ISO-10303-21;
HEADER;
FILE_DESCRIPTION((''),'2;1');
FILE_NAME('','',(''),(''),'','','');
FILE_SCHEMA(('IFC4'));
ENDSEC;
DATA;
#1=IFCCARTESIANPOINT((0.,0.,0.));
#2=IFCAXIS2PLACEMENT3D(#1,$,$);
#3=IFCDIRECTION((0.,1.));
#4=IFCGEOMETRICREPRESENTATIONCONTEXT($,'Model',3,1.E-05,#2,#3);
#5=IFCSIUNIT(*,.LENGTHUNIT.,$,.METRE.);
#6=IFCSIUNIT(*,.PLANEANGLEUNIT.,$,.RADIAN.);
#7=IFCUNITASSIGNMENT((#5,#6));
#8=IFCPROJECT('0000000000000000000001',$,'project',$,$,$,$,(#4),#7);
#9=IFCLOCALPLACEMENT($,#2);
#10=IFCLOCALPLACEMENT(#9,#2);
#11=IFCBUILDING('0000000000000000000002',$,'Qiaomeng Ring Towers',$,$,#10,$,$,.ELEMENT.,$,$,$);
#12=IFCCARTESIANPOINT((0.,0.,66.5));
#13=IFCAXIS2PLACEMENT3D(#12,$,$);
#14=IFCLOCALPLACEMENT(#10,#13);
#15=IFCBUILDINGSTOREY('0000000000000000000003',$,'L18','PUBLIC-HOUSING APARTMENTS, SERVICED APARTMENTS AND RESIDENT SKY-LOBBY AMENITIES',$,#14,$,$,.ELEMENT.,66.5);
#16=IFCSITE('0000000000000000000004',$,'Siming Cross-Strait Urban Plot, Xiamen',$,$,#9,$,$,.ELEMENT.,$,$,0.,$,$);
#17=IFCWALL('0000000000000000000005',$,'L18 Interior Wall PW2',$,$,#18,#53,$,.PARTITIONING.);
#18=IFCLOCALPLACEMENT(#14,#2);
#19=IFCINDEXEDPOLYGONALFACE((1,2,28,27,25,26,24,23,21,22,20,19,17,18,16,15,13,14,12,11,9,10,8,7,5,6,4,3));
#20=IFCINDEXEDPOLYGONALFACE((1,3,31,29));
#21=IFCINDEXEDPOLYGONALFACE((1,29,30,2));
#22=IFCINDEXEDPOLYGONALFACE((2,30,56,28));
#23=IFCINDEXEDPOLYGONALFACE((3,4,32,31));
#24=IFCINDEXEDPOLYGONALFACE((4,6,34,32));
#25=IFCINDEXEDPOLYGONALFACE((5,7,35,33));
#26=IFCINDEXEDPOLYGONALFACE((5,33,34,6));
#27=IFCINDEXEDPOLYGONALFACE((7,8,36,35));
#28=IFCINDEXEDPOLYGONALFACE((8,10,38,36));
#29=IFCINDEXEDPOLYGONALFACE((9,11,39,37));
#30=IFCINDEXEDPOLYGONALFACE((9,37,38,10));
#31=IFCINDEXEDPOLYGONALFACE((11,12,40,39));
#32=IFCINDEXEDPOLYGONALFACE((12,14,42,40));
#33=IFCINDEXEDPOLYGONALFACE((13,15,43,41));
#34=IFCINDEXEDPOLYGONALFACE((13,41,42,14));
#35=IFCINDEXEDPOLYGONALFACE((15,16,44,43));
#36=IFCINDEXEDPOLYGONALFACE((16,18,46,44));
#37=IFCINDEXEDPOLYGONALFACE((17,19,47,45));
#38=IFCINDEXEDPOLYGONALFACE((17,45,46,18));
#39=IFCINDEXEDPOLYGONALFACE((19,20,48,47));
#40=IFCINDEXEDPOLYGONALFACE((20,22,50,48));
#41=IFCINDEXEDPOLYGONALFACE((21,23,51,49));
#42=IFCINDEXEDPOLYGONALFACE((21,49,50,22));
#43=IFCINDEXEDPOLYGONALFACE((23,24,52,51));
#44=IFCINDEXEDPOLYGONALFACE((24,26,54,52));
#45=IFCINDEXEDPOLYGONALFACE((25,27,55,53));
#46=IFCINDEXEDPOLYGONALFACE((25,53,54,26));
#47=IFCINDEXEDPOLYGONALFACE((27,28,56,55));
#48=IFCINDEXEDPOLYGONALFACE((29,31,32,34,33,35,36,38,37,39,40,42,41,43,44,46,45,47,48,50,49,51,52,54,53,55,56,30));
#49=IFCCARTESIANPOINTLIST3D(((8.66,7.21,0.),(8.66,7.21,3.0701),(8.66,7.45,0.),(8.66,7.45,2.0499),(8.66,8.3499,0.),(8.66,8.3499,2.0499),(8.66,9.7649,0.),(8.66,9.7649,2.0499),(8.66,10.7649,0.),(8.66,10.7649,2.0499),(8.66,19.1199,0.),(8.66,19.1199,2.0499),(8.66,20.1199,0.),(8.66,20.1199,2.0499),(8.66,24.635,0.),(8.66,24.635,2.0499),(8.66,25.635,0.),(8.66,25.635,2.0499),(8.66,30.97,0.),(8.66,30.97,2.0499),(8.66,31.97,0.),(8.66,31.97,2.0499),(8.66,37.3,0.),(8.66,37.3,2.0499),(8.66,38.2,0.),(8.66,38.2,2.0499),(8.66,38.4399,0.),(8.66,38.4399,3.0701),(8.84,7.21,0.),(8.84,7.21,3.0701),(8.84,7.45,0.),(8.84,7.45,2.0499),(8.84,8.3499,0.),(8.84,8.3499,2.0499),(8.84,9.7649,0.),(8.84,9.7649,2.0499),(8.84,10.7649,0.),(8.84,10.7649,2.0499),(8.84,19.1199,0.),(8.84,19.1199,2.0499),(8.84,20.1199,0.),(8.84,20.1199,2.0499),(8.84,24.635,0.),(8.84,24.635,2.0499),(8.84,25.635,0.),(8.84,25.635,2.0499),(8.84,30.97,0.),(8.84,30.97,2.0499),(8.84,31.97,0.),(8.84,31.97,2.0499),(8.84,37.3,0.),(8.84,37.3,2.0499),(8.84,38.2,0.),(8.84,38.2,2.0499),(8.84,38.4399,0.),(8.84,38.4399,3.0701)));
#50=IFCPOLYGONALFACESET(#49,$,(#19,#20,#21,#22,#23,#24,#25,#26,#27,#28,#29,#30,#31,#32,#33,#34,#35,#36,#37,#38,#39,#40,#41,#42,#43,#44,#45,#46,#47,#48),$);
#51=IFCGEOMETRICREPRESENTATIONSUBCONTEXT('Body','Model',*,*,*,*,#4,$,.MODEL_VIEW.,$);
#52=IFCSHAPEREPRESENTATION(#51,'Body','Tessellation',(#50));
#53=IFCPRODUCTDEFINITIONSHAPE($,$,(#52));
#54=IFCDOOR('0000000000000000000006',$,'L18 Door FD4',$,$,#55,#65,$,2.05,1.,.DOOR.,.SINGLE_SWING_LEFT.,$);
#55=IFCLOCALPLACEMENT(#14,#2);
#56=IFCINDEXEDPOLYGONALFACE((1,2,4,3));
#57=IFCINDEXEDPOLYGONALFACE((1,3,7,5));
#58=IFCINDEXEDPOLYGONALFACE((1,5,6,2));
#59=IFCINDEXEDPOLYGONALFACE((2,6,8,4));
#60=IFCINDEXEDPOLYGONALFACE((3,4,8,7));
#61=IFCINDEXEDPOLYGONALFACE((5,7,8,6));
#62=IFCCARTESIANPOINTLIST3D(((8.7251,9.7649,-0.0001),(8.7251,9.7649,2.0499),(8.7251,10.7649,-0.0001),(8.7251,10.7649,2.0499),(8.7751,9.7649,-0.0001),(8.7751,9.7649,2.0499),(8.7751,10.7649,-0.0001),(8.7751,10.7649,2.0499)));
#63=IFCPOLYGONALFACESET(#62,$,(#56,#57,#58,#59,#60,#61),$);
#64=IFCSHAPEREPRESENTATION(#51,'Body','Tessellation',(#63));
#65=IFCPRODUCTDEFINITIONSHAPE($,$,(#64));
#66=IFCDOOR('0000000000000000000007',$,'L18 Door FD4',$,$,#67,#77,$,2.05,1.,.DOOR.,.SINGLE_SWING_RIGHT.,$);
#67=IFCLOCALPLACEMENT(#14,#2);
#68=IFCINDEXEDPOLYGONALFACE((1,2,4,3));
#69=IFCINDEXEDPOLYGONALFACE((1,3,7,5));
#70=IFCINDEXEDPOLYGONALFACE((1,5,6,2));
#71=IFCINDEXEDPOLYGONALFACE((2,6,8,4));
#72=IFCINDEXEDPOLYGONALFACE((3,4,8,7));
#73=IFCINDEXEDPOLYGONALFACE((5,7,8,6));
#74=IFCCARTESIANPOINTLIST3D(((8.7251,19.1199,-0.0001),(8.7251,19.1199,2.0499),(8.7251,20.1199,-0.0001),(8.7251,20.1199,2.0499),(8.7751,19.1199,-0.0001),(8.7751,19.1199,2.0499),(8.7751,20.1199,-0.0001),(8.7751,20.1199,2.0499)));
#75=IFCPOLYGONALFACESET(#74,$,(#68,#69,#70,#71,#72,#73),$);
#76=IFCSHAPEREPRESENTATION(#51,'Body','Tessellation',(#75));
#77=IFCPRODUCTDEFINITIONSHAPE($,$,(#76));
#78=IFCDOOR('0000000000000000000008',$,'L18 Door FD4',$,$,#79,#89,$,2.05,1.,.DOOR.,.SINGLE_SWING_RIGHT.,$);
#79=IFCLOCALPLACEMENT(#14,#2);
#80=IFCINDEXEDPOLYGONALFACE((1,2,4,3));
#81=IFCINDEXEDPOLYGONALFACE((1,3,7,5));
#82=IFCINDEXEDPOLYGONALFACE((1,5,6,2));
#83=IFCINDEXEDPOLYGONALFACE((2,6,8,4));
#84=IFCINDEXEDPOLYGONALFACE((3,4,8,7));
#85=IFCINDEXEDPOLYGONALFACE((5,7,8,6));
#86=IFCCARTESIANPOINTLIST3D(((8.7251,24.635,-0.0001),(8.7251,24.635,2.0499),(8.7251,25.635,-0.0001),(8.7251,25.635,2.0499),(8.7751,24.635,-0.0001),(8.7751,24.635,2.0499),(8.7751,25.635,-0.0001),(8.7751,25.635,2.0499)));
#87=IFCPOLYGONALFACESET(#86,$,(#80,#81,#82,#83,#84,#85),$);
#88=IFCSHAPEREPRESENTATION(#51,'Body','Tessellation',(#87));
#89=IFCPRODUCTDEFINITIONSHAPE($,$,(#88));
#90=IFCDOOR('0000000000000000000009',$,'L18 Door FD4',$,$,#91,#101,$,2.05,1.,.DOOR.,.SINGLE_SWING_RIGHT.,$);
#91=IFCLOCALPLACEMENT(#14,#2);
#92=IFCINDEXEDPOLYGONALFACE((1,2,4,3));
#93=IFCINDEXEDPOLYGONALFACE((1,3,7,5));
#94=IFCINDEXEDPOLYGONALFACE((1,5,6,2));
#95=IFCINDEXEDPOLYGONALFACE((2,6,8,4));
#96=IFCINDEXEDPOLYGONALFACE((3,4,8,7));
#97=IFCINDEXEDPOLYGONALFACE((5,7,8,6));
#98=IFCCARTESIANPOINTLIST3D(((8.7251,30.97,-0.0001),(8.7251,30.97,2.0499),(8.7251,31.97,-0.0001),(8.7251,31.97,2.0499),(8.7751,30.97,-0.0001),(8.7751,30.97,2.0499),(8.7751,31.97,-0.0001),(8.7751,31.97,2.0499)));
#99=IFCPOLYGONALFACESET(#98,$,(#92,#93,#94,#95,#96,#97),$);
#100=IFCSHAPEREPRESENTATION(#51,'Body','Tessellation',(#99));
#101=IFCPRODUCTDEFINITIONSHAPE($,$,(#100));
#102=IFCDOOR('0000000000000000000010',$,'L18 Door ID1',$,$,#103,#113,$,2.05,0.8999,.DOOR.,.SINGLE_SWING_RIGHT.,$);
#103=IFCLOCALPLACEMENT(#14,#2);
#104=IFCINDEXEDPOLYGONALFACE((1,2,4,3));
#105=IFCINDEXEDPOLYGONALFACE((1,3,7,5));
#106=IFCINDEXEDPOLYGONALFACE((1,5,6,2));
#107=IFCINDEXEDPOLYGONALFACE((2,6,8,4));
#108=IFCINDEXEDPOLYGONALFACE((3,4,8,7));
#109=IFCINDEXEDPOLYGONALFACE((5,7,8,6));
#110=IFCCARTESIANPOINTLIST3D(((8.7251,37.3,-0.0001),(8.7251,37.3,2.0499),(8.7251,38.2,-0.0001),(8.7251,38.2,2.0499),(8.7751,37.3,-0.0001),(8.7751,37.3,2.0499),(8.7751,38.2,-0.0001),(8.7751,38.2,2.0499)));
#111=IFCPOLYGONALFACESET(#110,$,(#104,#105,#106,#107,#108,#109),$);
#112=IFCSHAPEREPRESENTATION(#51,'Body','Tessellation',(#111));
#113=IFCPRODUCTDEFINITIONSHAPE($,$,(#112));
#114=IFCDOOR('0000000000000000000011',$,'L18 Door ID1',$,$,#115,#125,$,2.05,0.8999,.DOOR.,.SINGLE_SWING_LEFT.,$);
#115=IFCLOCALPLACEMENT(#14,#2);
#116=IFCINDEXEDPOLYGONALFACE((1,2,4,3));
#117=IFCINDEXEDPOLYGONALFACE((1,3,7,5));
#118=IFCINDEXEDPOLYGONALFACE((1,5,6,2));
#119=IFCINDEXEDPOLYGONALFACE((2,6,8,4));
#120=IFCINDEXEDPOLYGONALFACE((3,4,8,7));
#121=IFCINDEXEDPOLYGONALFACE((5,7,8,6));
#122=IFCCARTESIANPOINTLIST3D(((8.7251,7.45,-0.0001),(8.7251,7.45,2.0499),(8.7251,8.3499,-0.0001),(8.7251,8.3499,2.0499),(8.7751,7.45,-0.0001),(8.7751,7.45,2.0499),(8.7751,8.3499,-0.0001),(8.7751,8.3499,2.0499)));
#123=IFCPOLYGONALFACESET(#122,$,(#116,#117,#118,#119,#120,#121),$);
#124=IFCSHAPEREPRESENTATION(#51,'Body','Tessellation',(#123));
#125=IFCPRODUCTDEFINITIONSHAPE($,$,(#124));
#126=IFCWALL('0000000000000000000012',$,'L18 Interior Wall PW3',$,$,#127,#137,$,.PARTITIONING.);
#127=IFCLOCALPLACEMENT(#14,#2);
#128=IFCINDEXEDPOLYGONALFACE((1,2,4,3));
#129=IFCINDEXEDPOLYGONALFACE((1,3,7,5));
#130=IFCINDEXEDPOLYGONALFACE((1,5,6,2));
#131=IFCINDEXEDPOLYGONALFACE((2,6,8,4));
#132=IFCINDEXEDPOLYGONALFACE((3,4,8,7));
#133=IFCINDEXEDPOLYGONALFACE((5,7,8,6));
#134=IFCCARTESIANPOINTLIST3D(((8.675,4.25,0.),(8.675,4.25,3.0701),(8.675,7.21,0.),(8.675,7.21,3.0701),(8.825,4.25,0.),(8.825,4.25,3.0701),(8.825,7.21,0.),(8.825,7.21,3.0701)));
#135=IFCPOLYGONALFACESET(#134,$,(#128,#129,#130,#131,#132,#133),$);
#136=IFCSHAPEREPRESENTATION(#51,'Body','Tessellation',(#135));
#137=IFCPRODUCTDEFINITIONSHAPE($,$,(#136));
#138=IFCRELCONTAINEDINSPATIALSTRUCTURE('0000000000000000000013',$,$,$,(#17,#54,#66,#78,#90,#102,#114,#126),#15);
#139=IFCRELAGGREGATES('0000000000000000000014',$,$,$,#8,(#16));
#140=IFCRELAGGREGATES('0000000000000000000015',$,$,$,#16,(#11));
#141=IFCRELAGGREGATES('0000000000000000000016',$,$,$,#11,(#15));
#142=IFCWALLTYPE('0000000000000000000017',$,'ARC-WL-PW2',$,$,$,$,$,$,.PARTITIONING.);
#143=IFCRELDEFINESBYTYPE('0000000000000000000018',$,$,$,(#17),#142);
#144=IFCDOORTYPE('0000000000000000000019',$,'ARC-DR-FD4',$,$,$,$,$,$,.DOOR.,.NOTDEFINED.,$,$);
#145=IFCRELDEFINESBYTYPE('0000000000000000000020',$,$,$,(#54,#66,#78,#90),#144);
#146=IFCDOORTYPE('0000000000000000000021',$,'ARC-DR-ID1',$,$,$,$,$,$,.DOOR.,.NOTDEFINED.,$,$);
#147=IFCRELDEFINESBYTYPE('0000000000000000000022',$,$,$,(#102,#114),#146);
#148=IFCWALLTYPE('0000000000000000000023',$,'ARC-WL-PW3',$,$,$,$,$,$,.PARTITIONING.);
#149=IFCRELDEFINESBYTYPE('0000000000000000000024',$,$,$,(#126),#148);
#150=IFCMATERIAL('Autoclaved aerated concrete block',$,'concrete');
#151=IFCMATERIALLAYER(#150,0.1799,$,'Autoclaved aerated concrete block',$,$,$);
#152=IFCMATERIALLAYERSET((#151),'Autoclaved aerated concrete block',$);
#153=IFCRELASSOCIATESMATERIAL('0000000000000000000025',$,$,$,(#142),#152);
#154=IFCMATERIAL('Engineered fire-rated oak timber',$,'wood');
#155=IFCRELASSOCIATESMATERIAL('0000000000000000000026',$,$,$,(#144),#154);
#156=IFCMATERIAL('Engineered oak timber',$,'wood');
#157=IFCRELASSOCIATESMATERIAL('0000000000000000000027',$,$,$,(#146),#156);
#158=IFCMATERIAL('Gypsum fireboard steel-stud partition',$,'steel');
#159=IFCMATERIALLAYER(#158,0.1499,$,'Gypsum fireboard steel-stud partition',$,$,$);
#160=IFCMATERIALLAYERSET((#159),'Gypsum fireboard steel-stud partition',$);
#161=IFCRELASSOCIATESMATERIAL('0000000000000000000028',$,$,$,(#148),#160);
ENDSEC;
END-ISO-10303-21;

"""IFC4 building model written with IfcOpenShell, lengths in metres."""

from ifc_helpers import new_model, si_unit, direction, frame, frame_2d, origin, place, context, subcontext, project, spatial, rectangle, extrude, source, transform, mapped, material, layer, layer_set, type_object, element, fill, save


model = new_model("IFC4")

# Units and contexts
model_context = context("Model", 3, precision=1e-05, world=origin(), true_north=direction((0.0, 1.0)))
body_context = subcontext(model_context, "Body", "Model", "MODEL_VIEW")
ifc_project = project(units=[si_unit("LENGTHUNIT", "METRE"), si_unit("PLANEANGLEUNIT", "RADIAN")], contexts=[model_context])

# Site, building, storey
site_placement = place(None, origin())
site = spatial("IfcSite", under=ifc_project, at=site_placement, Name="Siming Cross-Strait Urban Plot, Xiamen", CompositionType="ELEMENT", RefElevation=0.0)
building_placement = place(site_placement, origin())
building = spatial("IfcBuilding", under=site, at=building_placement, Name="Qiaomeng Ring Towers", CompositionType="ELEMENT")
storey_placement = place(building_placement, frame((0.0, 0.0, 66.5)))
storey = spatial("IfcBuildingStorey", under=building, at=storey_placement, Name="L18", Description="PUBLIC-HOUSING APARTMENTS, SERVICED APARTMENTS AND RESIDENT SKY-LOBBY AMENITIES", CompositionType="ELEMENT", Elevation=66.5)

# Wall, openings, doors
ifc_material_1 = material(Name="Autoclaved aerated concrete block", Category="concrete")
ifc_layer_1 = layer(ifc_material_1, 0.1799, Name="Autoclaved aerated concrete block")
ifc_layer_set_1 = layer_set([ifc_layer_1], Name="Autoclaved aerated concrete block")
wall_type_1 = type_object("IfcWallType", Name="ARC-WL-PW2", PredefinedType="PARTITIONING", material=ifc_layer_set_1)
ifc_material_2 = material(Name="Engineered fire-rated oak timber", Category="wood")
door_type_1 = type_object("IfcDoorType", Name="ARC-DR-FD4", OperationType="NOTDEFINED", PredefinedType="DOOR", material=ifc_material_2)
shared_shape_1 = source(origin(), body_context, "Body", "SweptSolid", [
    extrude(rectangle(XDim=1.0, YDim=2.05, at=frame_2d((0.5, 1.0249))), frame((0.0, 0.0249, 0.0), z_axis=(0.0, -1.0, 0.0), x_axis=(1.0, 0.0, 0.0)), (0.0, 0.0, 1.0), 0.05),
])
wall_1_placement = place(storey_placement, frame((8.75, 7.21, 0.0), z_axis=(0.0, 0.0, 1.0), x_axis=(0.0, 1.0, 0.0)))
wall_1 = element("IfcWall", 1, at=wall_1_placement, inside=storey, type_object=wall_type_1, Name="L18 Interior Wall PW2", PredefinedType="PARTITIONING", context=body_context, shape_type="SweptSolid", body=[
    extrude(rectangle(XDim=31.23, YDim=0.1799, at=frame_2d((15.615, 0.0))), origin(), (0.0, 0.0, 1.0), 3.0701),
])
opening_1_placement = place(wall_1_placement, frame((30.0901, 0.0, 0.0)))
opening_1 = element("IfcOpeningElement", 2, at=opening_1_placement, cuts=wall_1, PredefinedType="OPENING", context=body_context, shape_type="SweptSolid", body=[
    extrude(rectangle(XDim=0.8999, YDim=2.05, at=frame_2d((0.45, 1.0249))), frame((0.0, 0.0999, 0.0), z_axis=(0.0, -1.0, 0.0), x_axis=(1.0, 0.0, 0.0)), (0.0, 0.0, 1.0), 0.2),
])
opening_2_placement = place(wall_1_placement, frame((0.24, 0.0, 0.0)))
opening_2 = element("IfcOpeningElement", 3, at=opening_2_placement, cuts=wall_1, PredefinedType="OPENING", context=body_context, shape_type="SweptSolid", body=[
    extrude(rectangle(XDim=0.8999, YDim=2.05, at=frame_2d((0.45, 1.0249))), frame((0.0, 0.0999, 0.0), z_axis=(0.0, -1.0, 0.0), x_axis=(1.0, 0.0, 0.0)), (0.0, 0.0, 1.0), 0.2),
])
opening_3_placement = place(wall_1_placement, frame((2.5549, 0.0, 0.0)))
opening_3 = element("IfcOpeningElement", 4, at=opening_3_placement, cuts=wall_1, PredefinedType="OPENING", context=body_context, shape_type="SweptSolid", body=[
    extrude(rectangle(XDim=1.0, YDim=2.05, at=frame_2d((0.5, 1.0249))), frame((0.0, 0.0999, 0.0), z_axis=(0.0, -1.0, 0.0), x_axis=(1.0, 0.0, 0.0)), (0.0, 0.0, 1.0), 0.2),
])
opening_4_placement = place(wall_1_placement, frame((11.9099, 0.0, 0.0)))
opening_4 = element("IfcOpeningElement", 5, at=opening_4_placement, cuts=wall_1, PredefinedType="OPENING", context=body_context, shape_type="SweptSolid", body=[
    extrude(rectangle(XDim=1.0, YDim=2.05, at=frame_2d((0.5, 1.0249))), frame((0.0, 0.0999, 0.0), z_axis=(0.0, -1.0, 0.0), x_axis=(1.0, 0.0, 0.0)), (0.0, 0.0, 1.0), 0.2),
])
opening_5_placement = place(wall_1_placement, frame((17.425, 0.0, 0.0)))
opening_5 = element("IfcOpeningElement", 6, at=opening_5_placement, cuts=wall_1, PredefinedType="OPENING", context=body_context, shape_type="SweptSolid", body=[
    extrude(rectangle(XDim=1.0, YDim=2.05, at=frame_2d((0.5, 1.0249))), frame((0.0, 0.0999, 0.0), z_axis=(0.0, -1.0, 0.0), x_axis=(1.0, 0.0, 0.0)), (0.0, 0.0, 1.0), 0.2),
])
opening_6_placement = place(wall_1_placement, frame((23.76, 0.0, 0.0)))
opening_6 = element("IfcOpeningElement", 7, at=opening_6_placement, cuts=wall_1, PredefinedType="OPENING", context=body_context, shape_type="SweptSolid", body=[
    extrude(rectangle(XDim=1.0, YDim=2.05, at=frame_2d((0.5, 1.0249))), frame((0.0, 0.0999, 0.0), z_axis=(0.0, -1.0, 0.0), x_axis=(1.0, 0.0, 0.0)), (0.0, 0.0, 1.0), 0.2),
])
door_1_placement = place(opening_3_placement, origin())
door_1 = element("IfcDoor", 8, at=door_1_placement, inside=storey, type_object=door_type_1, Name="L18 Door FD4", OperationType="SINGLE_SWING_LEFT", OverallHeight=2.05, OverallWidth=1.0, PredefinedType="DOOR", context=body_context, shape_type="MappedRepresentation", body=[
    mapped(shared_shape_1, transform((0.0, 0.0, 0.0), x_axis=(1.0, 0.0, 0.0), y_axis=(0.0, 1.0, 0.0), z_axis=(0.0, 0.0, 1.0), scale=1.0)),
])
fill(opening_3, door_1)
door_2_placement = place(opening_4_placement, origin())
door_2 = element("IfcDoor", 9, at=door_2_placement, inside=storey, type_object=door_type_1, Name="L18 Door FD4", OperationType="SINGLE_SWING_RIGHT", OverallHeight=2.05, OverallWidth=1.0, PredefinedType="DOOR", context=body_context, shape_type="MappedRepresentation", body=[
    mapped(shared_shape_1, transform((0.0, 0.0, 0.0), x_axis=(1.0, 0.0, 0.0), y_axis=(0.0, 1.0, 0.0), z_axis=(0.0, 0.0, 1.0), scale=1.0)),
])
fill(opening_4, door_2)
door_3_placement = place(opening_5_placement, origin())
door_3 = element("IfcDoor", 10, at=door_3_placement, inside=storey, type_object=door_type_1, Name="L18 Door FD4", OperationType="SINGLE_SWING_RIGHT", OverallHeight=2.05, OverallWidth=1.0, PredefinedType="DOOR", context=body_context, shape_type="MappedRepresentation", body=[
    mapped(shared_shape_1, transform((0.0, 0.0, 0.0), x_axis=(1.0, 0.0, 0.0), y_axis=(0.0, 1.0, 0.0), z_axis=(0.0, 0.0, 1.0), scale=1.0)),
])
fill(opening_5, door_3)
door_4_placement = place(opening_6_placement, origin())
door_4 = element("IfcDoor", 11, at=door_4_placement, inside=storey, type_object=door_type_1, Name="L18 Door FD4", OperationType="SINGLE_SWING_RIGHT", OverallHeight=2.05, OverallWidth=1.0, PredefinedType="DOOR", context=body_context, shape_type="MappedRepresentation", body=[
    mapped(shared_shape_1, transform((0.0, 0.0, 0.0), x_axis=(1.0, 0.0, 0.0), y_axis=(0.0, 1.0, 0.0), z_axis=(0.0, 0.0, 1.0), scale=1.0)),
])
fill(opening_6, door_4)
ifc_material_3 = material(Name="Engineered oak timber", Category="wood")
door_type_2 = type_object("IfcDoorType", Name="ARC-DR-ID1", OperationType="NOTDEFINED", PredefinedType="DOOR", material=ifc_material_3)
shared_shape_2 = source(origin(), body_context, "Body", "SweptSolid", [
    extrude(rectangle(XDim=0.8999, YDim=2.05, at=frame_2d((0.45, 1.0249))), frame((0.0, 0.0249, 0.0), z_axis=(0.0, -1.0, 0.0), x_axis=(1.0, 0.0, 0.0)), (0.0, 0.0, 1.0), 0.05),
])
door_5_placement = place(opening_1_placement, origin())
door_5 = element("IfcDoor", 12, at=door_5_placement, inside=storey, type_object=door_type_2, Name="L18 Door ID1", OperationType="SINGLE_SWING_RIGHT", OverallHeight=2.05, OverallWidth=0.8999, PredefinedType="DOOR", context=body_context, shape_type="MappedRepresentation", body=[
    mapped(shared_shape_2, transform((0.0, 0.0, 0.0), x_axis=(1.0, 0.0, 0.0), y_axis=(0.0, 1.0, 0.0), z_axis=(0.0, 0.0, 1.0), scale=1.0)),
])
fill(opening_1, door_5)
door_6_placement = place(opening_2_placement, origin())
door_6 = element("IfcDoor", 13, at=door_6_placement, inside=storey, type_object=door_type_2, Name="L18 Door ID1", OperationType="SINGLE_SWING_LEFT", OverallHeight=2.05, OverallWidth=0.8999, PredefinedType="DOOR", context=body_context, shape_type="MappedRepresentation", body=[
    mapped(shared_shape_2, transform((0.0, 0.0, 0.0), x_axis=(1.0, 0.0, 0.0), y_axis=(0.0, 1.0, 0.0), z_axis=(0.0, 0.0, 1.0), scale=1.0)),
])
fill(opening_2, door_6)

# Wall
ifc_material_4 = material(Name="Gypsum fireboard steel-stud partition", Category="steel")
ifc_layer_2 = layer(ifc_material_4, 0.1499, Name="Gypsum fireboard steel-stud partition")
ifc_layer_set_2 = layer_set([ifc_layer_2], Name="Gypsum fireboard steel-stud partition")
wall_type_2 = type_object("IfcWallType", Name="ARC-WL-PW3", PredefinedType="PARTITIONING", material=ifc_layer_set_2)
wall_2_placement = place(storey_placement, frame((8.75, 4.25, 0.0), z_axis=(0.0, 0.0, 1.0), x_axis=(0.0, 1.0, 0.0)))
element("IfcWall", 14, at=wall_2_placement, inside=storey, type_object=wall_type_2, Name="L18 Interior Wall PW3", PredefinedType="PARTITIONING", context=body_context, shape_type="SweptSolid", body=[
    extrude(rectangle(XDim=2.96, YDim=0.1499, at=frame_2d((1.48, 0.0))), origin(), (0.0, 0.0, 1.0), 3.0701),
])

save(model, "model.ifc")
